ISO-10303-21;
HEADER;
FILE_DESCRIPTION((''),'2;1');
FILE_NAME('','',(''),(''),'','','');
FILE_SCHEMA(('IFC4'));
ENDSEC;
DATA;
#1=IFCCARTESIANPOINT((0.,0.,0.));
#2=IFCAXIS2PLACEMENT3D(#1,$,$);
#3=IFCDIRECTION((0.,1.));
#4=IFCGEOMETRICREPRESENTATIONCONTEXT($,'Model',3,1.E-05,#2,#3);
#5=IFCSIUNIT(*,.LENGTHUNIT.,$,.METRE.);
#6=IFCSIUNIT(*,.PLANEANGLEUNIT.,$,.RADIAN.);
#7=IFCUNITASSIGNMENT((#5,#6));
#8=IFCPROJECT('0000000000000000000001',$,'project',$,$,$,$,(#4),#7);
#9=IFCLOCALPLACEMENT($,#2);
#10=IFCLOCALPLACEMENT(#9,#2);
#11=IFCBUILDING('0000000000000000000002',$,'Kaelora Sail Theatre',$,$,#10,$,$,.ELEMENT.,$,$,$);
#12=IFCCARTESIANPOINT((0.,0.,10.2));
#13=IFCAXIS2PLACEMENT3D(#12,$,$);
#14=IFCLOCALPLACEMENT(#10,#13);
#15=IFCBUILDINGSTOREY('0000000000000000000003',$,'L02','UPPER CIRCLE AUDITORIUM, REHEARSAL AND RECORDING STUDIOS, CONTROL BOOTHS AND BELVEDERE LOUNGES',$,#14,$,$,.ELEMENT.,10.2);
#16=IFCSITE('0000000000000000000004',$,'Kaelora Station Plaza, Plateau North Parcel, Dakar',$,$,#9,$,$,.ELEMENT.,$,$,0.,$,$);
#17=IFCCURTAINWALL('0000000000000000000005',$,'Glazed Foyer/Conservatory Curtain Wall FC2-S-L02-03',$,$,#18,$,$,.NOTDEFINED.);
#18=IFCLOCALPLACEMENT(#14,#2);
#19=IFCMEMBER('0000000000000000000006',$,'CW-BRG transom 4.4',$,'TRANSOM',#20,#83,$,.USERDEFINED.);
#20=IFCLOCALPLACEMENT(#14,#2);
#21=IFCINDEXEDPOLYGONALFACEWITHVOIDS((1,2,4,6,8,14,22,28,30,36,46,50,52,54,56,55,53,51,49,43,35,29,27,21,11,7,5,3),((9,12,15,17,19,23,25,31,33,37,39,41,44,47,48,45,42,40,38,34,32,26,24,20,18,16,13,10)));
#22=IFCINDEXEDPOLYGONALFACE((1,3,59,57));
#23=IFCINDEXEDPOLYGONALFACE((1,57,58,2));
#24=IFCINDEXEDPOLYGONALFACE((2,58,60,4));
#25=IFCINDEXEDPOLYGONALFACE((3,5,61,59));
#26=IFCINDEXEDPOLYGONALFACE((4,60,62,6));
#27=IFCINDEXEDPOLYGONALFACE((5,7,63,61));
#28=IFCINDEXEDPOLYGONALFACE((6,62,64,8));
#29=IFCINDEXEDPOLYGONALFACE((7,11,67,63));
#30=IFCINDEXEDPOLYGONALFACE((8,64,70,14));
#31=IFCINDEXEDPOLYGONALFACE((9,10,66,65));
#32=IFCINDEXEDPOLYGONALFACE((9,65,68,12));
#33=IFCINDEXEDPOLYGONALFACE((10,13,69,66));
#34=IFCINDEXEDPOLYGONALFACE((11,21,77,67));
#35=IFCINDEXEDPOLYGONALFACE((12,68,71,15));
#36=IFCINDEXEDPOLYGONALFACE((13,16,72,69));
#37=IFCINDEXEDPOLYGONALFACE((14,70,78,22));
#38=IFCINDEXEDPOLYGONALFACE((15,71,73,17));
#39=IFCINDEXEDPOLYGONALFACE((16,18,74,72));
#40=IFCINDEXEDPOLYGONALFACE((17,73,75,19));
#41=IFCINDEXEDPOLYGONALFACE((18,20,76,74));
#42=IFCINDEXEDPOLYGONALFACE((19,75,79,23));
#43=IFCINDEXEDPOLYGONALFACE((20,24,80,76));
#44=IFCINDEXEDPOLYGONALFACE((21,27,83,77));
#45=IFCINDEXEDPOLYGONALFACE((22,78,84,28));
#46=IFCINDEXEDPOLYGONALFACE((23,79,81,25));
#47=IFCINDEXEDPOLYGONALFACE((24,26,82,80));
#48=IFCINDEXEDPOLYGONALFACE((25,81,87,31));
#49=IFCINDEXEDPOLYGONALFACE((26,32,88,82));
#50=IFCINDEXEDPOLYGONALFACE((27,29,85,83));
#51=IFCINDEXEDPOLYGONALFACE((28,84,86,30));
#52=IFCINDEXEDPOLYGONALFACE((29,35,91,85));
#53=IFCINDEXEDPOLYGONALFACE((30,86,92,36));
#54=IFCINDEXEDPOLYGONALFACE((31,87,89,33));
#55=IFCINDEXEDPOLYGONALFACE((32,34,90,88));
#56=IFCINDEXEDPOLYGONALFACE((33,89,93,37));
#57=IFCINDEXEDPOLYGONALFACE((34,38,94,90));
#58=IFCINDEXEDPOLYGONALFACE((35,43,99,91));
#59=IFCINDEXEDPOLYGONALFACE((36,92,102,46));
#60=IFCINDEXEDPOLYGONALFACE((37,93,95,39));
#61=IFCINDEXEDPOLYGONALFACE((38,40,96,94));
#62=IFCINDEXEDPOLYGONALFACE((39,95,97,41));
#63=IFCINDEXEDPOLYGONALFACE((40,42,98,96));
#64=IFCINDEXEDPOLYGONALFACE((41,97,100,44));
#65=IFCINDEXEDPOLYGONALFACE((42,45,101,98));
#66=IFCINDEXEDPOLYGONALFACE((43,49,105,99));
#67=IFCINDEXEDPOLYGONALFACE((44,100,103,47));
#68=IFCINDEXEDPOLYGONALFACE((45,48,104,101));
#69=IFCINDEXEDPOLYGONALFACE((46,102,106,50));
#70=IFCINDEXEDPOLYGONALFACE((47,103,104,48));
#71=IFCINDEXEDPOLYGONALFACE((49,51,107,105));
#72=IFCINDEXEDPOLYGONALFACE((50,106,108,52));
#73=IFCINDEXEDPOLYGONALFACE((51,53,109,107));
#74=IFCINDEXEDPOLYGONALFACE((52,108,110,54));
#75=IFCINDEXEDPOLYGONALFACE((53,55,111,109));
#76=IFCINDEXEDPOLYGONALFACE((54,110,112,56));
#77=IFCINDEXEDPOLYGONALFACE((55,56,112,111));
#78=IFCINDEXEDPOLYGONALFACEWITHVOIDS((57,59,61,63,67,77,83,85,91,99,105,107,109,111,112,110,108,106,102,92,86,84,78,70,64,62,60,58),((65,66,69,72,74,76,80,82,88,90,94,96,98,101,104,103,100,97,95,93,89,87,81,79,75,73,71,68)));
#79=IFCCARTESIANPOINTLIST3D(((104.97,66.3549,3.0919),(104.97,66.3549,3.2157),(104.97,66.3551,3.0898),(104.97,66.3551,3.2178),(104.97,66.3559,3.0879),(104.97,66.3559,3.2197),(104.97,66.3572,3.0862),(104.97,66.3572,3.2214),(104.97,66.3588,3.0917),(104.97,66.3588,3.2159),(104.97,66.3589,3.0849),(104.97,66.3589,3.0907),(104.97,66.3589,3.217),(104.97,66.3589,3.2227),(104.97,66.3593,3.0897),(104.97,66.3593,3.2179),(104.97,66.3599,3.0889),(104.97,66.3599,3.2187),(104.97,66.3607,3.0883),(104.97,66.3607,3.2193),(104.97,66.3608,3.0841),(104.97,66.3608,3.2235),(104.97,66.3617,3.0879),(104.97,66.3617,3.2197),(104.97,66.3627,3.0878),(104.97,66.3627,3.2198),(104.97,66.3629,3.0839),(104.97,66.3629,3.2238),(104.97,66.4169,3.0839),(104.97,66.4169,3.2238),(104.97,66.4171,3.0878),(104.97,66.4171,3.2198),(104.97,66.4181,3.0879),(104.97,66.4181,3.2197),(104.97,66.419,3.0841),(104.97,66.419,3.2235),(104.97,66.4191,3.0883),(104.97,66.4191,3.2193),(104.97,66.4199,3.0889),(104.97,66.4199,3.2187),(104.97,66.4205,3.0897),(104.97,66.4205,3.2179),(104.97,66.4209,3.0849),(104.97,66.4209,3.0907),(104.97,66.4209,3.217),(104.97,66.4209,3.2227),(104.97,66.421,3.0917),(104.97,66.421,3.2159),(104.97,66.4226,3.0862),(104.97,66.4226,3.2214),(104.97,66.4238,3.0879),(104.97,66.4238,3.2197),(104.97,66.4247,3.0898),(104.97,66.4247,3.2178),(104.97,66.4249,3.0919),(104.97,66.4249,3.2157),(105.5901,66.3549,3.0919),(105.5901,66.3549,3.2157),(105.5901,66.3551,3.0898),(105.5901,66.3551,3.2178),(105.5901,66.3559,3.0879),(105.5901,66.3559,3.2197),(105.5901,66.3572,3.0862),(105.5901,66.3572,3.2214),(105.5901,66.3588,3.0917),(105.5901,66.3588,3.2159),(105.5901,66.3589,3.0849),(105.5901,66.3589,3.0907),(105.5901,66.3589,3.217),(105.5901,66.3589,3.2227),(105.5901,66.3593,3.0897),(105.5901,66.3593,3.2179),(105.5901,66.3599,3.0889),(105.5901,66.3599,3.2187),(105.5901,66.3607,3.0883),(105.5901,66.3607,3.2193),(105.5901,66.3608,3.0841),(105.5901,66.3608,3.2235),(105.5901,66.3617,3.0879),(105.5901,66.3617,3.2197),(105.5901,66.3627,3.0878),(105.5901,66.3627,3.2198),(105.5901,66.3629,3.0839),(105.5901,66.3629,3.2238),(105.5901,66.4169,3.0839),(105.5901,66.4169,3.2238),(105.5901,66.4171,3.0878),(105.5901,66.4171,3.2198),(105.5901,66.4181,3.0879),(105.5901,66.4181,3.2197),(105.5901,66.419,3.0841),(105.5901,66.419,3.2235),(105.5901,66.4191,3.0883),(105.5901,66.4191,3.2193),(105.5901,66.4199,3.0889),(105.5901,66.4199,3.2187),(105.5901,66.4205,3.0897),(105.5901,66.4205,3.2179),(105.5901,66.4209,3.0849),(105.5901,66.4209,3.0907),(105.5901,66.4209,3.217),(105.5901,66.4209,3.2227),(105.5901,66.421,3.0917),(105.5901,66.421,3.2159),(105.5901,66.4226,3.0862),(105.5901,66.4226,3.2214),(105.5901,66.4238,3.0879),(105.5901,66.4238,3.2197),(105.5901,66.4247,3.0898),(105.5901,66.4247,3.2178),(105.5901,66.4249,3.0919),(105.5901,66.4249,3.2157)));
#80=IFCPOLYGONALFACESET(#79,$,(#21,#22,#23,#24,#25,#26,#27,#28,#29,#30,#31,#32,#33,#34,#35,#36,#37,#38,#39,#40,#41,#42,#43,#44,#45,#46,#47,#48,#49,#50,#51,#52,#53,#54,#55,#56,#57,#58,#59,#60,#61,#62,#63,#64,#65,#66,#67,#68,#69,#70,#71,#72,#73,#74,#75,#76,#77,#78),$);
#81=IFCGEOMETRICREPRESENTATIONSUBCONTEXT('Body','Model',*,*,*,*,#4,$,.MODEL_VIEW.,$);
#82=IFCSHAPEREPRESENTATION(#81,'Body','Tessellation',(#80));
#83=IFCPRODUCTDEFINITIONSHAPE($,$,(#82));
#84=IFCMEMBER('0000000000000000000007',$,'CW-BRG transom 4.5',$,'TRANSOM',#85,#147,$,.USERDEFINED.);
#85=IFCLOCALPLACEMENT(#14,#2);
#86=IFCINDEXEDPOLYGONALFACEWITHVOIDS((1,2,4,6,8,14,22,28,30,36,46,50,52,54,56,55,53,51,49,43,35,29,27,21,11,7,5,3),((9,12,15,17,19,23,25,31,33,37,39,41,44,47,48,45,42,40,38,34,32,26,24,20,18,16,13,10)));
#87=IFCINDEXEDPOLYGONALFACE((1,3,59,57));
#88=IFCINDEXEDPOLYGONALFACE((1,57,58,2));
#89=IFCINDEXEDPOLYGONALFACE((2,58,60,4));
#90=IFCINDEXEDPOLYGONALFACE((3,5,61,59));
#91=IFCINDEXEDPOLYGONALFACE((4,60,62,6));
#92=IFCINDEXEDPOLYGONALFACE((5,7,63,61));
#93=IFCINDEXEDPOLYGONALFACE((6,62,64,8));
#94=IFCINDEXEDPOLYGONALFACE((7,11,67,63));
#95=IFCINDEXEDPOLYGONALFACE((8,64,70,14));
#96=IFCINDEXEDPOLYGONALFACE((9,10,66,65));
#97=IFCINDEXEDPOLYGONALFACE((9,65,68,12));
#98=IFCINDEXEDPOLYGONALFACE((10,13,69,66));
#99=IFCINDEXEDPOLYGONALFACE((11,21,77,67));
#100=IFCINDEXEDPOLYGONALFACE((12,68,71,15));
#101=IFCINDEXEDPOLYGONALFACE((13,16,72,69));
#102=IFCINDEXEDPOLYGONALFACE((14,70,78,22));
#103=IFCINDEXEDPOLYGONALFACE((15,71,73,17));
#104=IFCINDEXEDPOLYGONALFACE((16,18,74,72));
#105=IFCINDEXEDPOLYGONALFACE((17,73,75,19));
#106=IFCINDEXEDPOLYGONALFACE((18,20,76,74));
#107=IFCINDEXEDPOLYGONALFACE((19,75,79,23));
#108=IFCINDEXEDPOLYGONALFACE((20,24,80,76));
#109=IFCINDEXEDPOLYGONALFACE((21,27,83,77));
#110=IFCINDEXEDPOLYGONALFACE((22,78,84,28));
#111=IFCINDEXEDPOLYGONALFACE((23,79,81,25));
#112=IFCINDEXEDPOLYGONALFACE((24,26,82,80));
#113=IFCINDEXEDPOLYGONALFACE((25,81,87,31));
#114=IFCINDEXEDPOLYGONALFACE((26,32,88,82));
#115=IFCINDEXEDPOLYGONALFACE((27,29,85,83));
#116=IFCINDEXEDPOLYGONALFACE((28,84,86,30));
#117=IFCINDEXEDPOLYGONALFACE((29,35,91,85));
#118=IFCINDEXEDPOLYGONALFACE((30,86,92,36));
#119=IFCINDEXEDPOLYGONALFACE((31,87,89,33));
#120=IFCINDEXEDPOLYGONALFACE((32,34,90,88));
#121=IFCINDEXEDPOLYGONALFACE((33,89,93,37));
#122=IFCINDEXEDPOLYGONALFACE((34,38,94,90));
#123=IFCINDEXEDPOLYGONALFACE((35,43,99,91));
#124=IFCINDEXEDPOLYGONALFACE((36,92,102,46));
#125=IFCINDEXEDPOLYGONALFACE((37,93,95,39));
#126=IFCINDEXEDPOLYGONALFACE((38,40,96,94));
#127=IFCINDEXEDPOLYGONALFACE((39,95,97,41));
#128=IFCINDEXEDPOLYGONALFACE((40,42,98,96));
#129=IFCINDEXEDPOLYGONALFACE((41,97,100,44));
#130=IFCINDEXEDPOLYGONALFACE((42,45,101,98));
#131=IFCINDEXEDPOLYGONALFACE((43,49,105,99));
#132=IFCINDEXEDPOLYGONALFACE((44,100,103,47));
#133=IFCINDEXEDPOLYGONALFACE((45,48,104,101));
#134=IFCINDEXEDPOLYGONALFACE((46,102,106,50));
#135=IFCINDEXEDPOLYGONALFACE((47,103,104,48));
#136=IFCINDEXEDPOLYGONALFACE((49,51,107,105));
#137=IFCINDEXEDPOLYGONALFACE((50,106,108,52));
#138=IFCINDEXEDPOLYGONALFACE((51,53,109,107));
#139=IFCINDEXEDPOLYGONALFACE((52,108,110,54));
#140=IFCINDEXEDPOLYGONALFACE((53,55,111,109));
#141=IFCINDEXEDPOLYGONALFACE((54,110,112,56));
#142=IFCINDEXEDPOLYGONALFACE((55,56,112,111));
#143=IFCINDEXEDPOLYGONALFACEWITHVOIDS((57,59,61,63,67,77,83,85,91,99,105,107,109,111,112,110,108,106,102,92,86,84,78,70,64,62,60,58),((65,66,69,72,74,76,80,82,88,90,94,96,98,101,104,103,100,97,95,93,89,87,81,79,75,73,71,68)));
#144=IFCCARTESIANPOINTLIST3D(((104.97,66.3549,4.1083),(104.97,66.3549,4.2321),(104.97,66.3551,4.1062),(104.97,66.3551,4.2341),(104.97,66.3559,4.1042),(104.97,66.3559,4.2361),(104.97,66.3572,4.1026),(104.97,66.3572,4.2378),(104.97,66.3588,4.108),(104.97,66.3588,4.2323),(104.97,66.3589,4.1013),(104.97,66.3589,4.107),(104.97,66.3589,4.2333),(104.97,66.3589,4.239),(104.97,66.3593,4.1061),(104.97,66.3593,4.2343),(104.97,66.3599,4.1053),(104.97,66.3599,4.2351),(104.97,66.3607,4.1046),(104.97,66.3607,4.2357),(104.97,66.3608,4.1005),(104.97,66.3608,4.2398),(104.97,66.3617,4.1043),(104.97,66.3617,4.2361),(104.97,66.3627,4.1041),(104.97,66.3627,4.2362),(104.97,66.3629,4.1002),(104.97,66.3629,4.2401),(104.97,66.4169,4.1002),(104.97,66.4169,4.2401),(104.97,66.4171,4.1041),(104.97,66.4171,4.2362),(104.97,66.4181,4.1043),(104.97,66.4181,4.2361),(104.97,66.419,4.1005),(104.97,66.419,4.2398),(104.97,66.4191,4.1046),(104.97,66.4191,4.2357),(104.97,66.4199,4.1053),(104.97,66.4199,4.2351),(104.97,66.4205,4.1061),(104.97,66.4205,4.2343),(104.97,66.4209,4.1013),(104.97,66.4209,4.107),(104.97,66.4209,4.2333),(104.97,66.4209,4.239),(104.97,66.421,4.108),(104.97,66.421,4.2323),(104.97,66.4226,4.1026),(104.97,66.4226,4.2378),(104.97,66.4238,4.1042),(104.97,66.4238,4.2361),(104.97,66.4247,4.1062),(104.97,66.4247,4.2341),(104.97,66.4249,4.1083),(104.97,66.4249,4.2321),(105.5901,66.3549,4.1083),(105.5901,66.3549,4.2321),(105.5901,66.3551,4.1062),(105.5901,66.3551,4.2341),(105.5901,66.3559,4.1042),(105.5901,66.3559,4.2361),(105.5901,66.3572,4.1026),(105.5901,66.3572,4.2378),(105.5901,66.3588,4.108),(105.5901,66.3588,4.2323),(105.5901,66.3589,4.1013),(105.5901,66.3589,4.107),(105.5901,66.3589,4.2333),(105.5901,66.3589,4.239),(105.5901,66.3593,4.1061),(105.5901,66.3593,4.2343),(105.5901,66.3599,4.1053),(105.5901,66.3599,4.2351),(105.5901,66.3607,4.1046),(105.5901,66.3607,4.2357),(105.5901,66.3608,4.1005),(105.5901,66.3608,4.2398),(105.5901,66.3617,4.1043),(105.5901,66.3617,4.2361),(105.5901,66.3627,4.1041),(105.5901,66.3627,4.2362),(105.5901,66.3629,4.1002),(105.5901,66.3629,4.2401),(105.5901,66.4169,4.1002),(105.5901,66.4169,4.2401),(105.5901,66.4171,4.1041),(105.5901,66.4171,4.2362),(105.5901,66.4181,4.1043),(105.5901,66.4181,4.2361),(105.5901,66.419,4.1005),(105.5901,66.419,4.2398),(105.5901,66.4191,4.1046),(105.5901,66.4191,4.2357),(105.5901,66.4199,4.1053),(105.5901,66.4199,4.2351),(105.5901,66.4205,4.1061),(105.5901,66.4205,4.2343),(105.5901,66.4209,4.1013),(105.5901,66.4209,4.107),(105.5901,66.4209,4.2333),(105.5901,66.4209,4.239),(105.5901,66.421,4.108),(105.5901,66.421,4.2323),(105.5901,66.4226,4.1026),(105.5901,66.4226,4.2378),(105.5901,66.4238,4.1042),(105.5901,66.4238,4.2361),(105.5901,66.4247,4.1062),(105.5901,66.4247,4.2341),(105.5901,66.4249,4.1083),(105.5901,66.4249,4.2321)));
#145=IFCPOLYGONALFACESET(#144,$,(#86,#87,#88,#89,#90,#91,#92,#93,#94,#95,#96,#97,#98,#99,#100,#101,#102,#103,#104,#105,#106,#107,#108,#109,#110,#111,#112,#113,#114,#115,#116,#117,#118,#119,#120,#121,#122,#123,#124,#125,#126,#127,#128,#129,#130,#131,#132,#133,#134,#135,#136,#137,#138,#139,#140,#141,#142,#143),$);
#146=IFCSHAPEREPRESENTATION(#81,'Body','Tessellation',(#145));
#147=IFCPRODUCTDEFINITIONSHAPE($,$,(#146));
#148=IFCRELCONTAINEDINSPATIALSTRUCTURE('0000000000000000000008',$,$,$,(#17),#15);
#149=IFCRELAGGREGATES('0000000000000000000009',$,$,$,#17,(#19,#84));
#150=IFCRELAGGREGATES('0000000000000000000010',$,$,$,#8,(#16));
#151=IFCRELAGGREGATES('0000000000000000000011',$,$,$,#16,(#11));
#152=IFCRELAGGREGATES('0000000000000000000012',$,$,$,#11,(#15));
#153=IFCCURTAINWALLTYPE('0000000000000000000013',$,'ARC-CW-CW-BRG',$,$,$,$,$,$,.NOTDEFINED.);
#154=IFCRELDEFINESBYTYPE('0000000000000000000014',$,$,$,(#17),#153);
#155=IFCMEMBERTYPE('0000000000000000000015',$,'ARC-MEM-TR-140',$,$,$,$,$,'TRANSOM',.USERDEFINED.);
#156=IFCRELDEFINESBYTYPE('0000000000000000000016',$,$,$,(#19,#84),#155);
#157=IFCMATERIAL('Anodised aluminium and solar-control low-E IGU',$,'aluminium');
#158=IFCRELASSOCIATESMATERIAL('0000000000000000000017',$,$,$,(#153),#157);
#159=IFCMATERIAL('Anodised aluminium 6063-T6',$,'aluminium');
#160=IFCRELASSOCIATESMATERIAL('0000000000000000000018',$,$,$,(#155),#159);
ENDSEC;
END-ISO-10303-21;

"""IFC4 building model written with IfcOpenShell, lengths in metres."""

from ifc_helpers import new_model, si_unit, direction, frame, origin, origin_2d, place, context, subcontext, project, spatial, hollow_rectangle, extrude, material, material_profile, profile_set, type_object, element, aggregate, save


model = new_model("IFC4")

# Units and contexts
model_context = context("Model", 3, precision=1e-05, world=origin(), true_north=direction((0.0, 1.0)))
body_context = subcontext(model_context, "Body", "Model", "MODEL_VIEW")
ifc_project = project(units=[si_unit("LENGTHUNIT", "METRE"), si_unit("PLANEANGLEUNIT", "RADIAN")], contexts=[model_context])

# Site, building, storey
site_placement = place(None, origin())
site = spatial("IfcSite", under=ifc_project, at=site_placement, Name="Kaelora Station Plaza, Plateau North Parcel, Dakar", CompositionType="ELEMENT", RefElevation=0.0)
building_placement = place(site_placement, origin())
building = spatial("IfcBuilding", under=site, at=building_placement, Name="Kaelora Sail Theatre", CompositionType="ELEMENT")
storey_placement = place(building_placement, frame((0.0, 0.0, 10.2)))
storey = spatial("IfcBuildingStorey", under=building, at=storey_placement, Name="L02", Description="UPPER CIRCLE AUDITORIUM, REHEARSAL AND RECORDING STUDIOS, CONTROL BOOTHS AND BELVEDERE LOUNGES", CompositionType="ELEMENT", Elevation=10.2)

# Curtain wall, members
ifc_material_1 = material(Name="Anodised aluminium and solar-control low-E IGU", Category="aluminium")
curtain_wall_type = type_object("IfcCurtainWallType", Name="ARC-CW-CW-BRG", PredefinedType="NOTDEFINED", material=ifc_material_1)
curtain_wall_placement = place(storey_placement, origin())
curtain_wall = element("IfcCurtainWall", 1, at=curtain_wall_placement, inside=storey, type_object=curtain_wall_type, Name="Glazed Foyer/Conservatory Curtain Wall FC2-S-L02-03", PredefinedType="NOTDEFINED")
ifc_material_2 = material(Name="Anodised aluminium 6063-T6", Category="aluminium")
ifc_material_profile_1 = material_profile(ifc_material_2, hollow_rectangle(XDim=0.0701, YDim=0.1399, WallThickness=0.0039, InnerFilletRadius=0.0039, OuterFilletRadius=0.0081, at=origin_2d()), Name="ALU-TRAN 70x140x4")
ifc_profile_set_1 = profile_set([ifc_material_profile_1], Name="Anodised aluminium 6063-T6")
member_type_1 = type_object("IfcMemberType", Name="ARC-MEM-TR-140", ElementType="TRANSOM", PredefinedType="USERDEFINED", material=ifc_profile_set_1)
member_1_placement = place(storey_placement, frame((104.97, 66.3899, 3.1538), z_axis=(1.0, 0.0, 0.0), x_axis=(0.0, 1.0, 0.0)))
member_1 = element("IfcMember", 2, at=member_1_placement, type_object=member_type_1, Name="CW-BRG transom 4.4", ObjectType="TRANSOM", PredefinedType="USERDEFINED", context=body_context, shape_type="SweptSolid", body=[
    extrude(hollow_rectangle(XDim=0.0701, YDim=0.1399, WallThickness=0.0039, InnerFilletRadius=0.0039, OuterFilletRadius=0.0081, at=origin_2d()), origin(), (0.0, 0.0, 1.0), 0.6201),
])
member_2_placement = place(storey_placement, frame((104.97, 66.3899, 4.1702), z_axis=(1.0, 0.0, 0.0), x_axis=(0.0, 1.0, 0.0)))
member_2 = element("IfcMember", 3, at=member_2_placement, type_object=member_type_1, Name="CW-BRG transom 4.5", ObjectType="TRANSOM", PredefinedType="USERDEFINED", context=body_context, shape_type="SweptSolid", body=[
    extrude(hollow_rectangle(XDim=0.0701, YDim=0.1399, WallThickness=0.0039, InnerFilletRadius=0.0039, OuterFilletRadius=0.0081, at=origin_2d()), origin(), (0.0, 0.0, 1.0), 0.6201),
])
aggregate(curtain_wall, [member_1, member_2])

save(model, "model.ifc")
